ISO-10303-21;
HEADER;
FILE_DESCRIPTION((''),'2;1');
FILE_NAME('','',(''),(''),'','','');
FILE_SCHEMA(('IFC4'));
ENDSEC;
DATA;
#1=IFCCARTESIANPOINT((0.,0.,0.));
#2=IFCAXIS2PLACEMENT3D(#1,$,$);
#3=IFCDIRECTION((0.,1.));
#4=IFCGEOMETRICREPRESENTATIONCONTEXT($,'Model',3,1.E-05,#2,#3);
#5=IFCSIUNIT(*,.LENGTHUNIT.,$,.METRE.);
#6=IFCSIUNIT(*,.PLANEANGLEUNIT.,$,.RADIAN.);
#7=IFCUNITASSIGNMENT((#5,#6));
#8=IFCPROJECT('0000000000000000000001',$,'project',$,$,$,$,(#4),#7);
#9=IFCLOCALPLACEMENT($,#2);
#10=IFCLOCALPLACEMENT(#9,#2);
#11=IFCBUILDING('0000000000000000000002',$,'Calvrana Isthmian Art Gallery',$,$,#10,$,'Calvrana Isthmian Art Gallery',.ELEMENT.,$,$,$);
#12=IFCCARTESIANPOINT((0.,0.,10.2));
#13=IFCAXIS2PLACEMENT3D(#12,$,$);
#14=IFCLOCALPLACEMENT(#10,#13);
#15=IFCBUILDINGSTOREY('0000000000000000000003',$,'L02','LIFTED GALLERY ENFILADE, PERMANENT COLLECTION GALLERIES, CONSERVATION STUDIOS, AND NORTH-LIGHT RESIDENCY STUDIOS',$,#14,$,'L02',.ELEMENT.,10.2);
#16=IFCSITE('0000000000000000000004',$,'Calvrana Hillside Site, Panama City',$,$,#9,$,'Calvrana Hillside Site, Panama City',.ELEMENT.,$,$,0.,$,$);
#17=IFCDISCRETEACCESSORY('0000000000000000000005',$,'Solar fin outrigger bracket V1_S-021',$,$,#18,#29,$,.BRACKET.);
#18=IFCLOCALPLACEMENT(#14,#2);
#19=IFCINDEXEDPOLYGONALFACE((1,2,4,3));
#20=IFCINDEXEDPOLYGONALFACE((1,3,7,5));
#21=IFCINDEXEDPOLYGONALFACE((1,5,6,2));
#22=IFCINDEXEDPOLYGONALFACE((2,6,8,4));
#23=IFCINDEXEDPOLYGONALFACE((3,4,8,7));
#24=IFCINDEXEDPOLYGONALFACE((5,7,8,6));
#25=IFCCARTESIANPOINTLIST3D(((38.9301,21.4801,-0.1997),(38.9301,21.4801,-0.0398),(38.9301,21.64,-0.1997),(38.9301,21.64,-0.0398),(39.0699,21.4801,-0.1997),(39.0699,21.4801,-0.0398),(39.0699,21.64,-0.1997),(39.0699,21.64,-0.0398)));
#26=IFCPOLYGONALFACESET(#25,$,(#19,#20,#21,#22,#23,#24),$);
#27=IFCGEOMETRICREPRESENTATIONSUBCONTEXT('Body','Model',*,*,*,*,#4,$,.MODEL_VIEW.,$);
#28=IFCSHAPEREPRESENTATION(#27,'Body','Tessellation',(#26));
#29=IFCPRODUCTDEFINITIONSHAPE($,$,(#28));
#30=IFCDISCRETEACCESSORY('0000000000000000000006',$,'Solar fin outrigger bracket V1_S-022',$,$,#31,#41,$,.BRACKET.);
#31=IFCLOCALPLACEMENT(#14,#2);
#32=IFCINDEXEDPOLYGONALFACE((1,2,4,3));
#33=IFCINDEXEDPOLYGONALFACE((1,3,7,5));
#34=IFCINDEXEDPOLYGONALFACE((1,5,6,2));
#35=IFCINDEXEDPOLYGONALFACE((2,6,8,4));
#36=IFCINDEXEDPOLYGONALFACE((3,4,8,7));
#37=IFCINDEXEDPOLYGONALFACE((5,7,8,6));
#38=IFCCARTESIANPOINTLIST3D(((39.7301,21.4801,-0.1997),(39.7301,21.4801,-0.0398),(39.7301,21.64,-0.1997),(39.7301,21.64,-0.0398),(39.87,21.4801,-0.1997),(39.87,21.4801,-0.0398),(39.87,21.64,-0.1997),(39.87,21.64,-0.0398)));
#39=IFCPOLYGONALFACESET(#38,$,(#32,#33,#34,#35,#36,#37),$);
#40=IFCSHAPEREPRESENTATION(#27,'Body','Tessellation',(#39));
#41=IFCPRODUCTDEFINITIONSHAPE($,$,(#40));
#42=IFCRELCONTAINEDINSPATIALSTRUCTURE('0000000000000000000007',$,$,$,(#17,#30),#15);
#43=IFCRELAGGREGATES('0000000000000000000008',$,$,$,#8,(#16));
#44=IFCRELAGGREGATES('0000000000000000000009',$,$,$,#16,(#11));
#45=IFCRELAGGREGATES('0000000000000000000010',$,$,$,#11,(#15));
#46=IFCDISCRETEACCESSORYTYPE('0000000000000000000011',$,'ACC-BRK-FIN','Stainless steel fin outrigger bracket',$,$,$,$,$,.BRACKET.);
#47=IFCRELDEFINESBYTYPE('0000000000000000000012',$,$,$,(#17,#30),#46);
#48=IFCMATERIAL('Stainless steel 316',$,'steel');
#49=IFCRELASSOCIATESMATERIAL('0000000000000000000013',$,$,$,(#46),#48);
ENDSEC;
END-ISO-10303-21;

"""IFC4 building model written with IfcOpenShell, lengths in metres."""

from ifc_helpers import new_model, si_unit, direction, frame, origin, origin_2d, place, context, subcontext, project, spatial, rectangle, extrude, material, type_object, element, save


model = new_model("IFC4")

# Units and contexts
model_context = context("Model", 3, precision=1e-05, world=origin(), true_north=direction((0.0, 1.0)))
body_context = subcontext(model_context, "Body", "Model", "MODEL_VIEW")
ifc_project = project(units=[si_unit("LENGTHUNIT", "METRE"), si_unit("PLANEANGLEUNIT", "RADIAN")], contexts=[model_context])

# Site, building, storey
site_placement = place(None, origin())
site = spatial("IfcSite", under=ifc_project, at=site_placement, Name="Calvrana Hillside Site, Panama City", LongName="Calvrana Hillside Site, Panama City", CompositionType="ELEMENT", RefElevation=0.0)
building_placement = place(site_placement, origin())
building = spatial("IfcBuilding", under=site, at=building_placement, Name="Calvrana Isthmian Art Gallery", LongName="Calvrana Isthmian Art Gallery", CompositionType="ELEMENT")
storey_placement = place(building_placement, frame((0.0, 0.0, 10.2)))
storey = spatial("IfcBuildingStorey", under=building, at=storey_placement, Name="L02", Description="LIFTED GALLERY ENFILADE, PERMANENT COLLECTION GALLERIES, CONSERVATION STUDIOS, AND NORTH-LIGHT RESIDENCY STUDIOS", LongName="L02", CompositionType="ELEMENT", Elevation=10.2)

# Discrete accessories
ifc_material_1 = material(Name="Stainless steel 316", Category="steel")
discrete_accessory_type = type_object("IfcDiscreteAccessoryType", Name="ACC-BRK-FIN", Description="Stainless steel fin outrigger bracket", PredefinedType="BRACKET", material=ifc_material_1)
for number, where, z_axis, x_axis, name in (
    (1, (39.0, 21.5601, -0.1997), (0.0, 0.0, 1.0), (1.0, 0.0, 0.0), "Solar fin outrigger bracket V1_S-021"),
    (2, (39.8, 21.5601, -0.1997), (0.0, 0.0, 1.0), (1.0, 0.0, 0.0), "Solar fin outrigger bracket V1_S-022"),
):
    element("IfcDiscreteAccessory", number, at=place(storey_placement, frame(where, z_axis=z_axis, x_axis=x_axis)), inside=storey, type_object=discrete_accessory_type, Name=name, PredefinedType="BRACKET", context=body_context, shape_type="SweptSolid", body=[
        extrude(rectangle(XDim=0.1399, YDim=0.1599, at=origin_2d()), origin(), (0.0, 0.0, 1.0), 0.1599),
    ])

save(model, "model.ifc")
